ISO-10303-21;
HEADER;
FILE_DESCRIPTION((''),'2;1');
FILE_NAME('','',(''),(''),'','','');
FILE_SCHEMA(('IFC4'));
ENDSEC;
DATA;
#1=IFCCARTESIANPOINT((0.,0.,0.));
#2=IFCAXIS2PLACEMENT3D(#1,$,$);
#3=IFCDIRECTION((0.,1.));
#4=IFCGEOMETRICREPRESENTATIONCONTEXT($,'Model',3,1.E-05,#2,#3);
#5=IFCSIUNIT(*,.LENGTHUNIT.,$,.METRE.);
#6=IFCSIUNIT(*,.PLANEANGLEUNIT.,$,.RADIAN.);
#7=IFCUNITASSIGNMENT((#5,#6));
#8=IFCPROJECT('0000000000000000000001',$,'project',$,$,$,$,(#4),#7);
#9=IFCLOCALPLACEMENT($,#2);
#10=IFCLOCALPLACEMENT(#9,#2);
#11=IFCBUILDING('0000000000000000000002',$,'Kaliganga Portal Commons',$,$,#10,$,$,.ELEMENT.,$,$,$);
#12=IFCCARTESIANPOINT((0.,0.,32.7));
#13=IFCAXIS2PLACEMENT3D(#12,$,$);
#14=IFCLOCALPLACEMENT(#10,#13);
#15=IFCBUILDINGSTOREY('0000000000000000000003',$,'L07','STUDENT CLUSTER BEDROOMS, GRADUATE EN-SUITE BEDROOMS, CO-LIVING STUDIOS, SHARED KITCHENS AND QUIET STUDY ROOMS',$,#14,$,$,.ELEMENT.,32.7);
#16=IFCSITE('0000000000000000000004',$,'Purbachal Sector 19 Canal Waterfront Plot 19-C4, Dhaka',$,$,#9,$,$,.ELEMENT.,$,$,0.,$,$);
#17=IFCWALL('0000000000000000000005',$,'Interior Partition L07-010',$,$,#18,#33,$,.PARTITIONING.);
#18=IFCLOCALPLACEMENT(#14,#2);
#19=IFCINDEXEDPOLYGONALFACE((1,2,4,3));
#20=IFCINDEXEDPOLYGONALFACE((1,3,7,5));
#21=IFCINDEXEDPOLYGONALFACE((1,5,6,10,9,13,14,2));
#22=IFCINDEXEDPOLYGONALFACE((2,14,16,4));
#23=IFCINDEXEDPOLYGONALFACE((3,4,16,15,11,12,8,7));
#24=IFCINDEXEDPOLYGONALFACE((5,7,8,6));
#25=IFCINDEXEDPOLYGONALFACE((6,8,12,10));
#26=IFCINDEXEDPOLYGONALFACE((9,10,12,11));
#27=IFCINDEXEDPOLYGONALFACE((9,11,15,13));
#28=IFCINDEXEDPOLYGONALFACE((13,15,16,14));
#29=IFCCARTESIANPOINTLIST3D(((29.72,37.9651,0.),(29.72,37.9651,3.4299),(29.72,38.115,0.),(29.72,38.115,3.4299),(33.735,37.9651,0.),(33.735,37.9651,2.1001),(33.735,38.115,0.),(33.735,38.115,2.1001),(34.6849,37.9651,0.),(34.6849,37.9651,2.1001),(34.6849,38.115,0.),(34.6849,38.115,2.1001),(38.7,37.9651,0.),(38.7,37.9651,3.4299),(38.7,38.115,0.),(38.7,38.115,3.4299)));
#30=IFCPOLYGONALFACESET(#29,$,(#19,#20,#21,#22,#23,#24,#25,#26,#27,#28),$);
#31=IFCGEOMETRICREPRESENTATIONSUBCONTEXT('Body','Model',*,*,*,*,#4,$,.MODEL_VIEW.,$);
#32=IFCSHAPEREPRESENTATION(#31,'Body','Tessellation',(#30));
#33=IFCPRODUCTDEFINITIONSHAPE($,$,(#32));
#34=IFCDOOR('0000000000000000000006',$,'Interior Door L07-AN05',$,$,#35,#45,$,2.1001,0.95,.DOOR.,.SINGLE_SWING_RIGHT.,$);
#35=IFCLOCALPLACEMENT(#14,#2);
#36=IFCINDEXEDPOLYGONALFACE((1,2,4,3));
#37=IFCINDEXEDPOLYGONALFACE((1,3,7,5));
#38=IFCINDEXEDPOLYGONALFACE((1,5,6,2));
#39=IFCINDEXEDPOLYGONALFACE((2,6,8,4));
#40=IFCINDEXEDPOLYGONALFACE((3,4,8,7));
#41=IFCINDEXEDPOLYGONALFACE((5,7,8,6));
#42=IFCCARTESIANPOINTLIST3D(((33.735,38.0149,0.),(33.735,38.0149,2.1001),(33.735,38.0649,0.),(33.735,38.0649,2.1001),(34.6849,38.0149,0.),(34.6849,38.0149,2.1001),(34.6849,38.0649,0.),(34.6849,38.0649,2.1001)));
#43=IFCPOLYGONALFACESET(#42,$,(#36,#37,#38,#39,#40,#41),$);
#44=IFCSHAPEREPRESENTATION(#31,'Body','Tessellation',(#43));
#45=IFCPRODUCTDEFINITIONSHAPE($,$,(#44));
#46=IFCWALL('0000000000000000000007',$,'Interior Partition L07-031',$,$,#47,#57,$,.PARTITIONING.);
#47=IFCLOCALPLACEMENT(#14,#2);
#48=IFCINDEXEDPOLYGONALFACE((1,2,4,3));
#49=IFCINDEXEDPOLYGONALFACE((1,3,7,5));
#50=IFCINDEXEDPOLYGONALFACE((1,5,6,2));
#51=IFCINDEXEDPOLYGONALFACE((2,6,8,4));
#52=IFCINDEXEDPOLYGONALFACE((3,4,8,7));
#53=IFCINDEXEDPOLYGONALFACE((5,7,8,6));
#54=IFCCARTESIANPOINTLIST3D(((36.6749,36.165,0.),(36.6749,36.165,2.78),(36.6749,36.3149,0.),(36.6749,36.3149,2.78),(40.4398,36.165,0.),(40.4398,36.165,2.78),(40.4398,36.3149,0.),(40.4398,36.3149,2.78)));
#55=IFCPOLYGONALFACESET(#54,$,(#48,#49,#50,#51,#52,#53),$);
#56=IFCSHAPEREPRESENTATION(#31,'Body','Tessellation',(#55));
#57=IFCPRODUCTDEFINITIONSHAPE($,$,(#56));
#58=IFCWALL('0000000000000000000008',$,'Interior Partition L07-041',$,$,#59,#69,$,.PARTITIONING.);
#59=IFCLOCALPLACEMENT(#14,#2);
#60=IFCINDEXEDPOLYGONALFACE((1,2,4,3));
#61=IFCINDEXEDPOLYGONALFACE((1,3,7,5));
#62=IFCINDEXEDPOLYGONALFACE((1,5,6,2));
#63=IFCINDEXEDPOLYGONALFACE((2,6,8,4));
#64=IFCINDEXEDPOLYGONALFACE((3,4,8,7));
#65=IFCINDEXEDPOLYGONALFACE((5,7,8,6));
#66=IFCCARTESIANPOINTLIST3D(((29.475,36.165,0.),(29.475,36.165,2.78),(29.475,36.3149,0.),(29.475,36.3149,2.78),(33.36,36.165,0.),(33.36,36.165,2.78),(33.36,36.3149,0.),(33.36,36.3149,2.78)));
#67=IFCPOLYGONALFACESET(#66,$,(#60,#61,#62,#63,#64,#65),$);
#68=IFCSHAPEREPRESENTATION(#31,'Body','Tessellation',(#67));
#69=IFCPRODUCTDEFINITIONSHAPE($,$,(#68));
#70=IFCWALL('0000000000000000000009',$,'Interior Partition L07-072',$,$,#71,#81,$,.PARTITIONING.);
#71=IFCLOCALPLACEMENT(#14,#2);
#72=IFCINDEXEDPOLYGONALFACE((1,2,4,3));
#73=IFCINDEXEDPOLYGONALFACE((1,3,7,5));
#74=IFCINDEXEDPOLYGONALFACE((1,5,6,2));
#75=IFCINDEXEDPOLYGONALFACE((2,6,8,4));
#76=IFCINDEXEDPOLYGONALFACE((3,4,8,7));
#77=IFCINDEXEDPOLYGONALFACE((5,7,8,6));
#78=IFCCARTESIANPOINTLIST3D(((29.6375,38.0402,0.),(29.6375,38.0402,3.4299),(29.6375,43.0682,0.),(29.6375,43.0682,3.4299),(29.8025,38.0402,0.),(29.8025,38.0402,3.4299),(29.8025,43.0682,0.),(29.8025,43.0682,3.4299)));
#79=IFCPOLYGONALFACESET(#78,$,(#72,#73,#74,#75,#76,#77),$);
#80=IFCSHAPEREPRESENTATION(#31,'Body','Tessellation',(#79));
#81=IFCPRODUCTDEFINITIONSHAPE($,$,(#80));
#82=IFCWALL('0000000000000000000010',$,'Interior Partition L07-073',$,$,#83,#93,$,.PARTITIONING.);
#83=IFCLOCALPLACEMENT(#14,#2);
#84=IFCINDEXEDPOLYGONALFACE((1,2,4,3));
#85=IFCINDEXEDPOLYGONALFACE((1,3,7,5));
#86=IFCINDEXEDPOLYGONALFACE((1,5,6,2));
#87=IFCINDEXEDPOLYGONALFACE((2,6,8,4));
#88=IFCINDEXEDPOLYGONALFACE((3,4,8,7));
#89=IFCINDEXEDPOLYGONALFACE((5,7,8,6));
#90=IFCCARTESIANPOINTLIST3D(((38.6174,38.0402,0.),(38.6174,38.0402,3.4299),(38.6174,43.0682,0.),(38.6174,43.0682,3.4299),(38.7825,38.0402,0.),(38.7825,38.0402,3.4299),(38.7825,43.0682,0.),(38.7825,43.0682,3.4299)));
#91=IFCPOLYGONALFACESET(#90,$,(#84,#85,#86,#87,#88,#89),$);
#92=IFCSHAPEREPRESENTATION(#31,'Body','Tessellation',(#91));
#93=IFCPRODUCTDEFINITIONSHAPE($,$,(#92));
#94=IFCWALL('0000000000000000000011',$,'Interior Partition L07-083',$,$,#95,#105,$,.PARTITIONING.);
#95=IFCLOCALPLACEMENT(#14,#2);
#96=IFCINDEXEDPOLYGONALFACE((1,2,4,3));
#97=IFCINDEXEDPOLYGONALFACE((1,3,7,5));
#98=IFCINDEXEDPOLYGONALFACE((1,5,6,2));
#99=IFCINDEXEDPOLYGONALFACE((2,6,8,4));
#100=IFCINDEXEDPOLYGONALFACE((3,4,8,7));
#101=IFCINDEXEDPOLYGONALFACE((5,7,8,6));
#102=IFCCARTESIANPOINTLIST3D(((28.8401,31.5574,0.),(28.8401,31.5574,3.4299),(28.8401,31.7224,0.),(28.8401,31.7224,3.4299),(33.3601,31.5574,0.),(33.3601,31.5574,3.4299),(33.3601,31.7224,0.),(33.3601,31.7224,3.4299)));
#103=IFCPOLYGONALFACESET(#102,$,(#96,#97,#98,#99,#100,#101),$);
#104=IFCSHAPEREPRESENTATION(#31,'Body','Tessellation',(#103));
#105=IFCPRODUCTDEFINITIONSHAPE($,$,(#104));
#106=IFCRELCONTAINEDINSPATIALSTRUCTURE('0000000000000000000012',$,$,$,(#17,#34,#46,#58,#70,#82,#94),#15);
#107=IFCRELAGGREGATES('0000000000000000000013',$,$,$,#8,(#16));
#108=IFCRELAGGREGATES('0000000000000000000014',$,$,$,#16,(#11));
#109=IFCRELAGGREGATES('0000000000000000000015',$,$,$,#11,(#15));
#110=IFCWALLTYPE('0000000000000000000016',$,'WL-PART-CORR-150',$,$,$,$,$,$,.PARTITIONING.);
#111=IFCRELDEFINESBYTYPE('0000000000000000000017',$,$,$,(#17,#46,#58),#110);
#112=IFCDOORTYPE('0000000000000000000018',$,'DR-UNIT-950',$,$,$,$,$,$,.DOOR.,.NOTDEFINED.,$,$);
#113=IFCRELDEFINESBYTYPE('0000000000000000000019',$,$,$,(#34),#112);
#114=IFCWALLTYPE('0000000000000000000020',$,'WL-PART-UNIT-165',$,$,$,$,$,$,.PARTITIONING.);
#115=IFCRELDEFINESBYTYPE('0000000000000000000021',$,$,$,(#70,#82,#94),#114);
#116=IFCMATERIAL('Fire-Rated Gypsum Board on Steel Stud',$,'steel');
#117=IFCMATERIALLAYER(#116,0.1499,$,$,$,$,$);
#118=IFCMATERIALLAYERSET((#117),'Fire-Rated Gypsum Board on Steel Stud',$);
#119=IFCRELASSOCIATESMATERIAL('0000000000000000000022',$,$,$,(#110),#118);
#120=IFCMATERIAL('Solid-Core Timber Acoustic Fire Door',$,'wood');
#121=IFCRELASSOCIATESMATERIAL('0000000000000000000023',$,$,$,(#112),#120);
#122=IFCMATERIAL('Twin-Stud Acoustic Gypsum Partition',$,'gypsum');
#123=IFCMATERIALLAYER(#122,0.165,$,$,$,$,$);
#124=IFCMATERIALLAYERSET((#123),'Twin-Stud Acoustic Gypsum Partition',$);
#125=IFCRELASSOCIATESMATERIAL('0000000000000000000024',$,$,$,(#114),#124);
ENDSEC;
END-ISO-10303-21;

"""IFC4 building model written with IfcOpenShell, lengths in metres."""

from ifc_helpers import new_model, si_unit, direction, frame, frame_2d, origin, place, context, subcontext, project, spatial, rectangle, extrude, material, layer, layer_set, type_object, element, fill, save


model = new_model("IFC4")

# Units and contexts
model_context = context("Model", 3, precision=1e-05, world=origin(), true_north=direction((0.0, 1.0)))
body_context = subcontext(model_context, "Body", "Model", "MODEL_VIEW")
ifc_project = project(units=[si_unit("LENGTHUNIT", "METRE"), si_unit("PLANEANGLEUNIT", "RADIAN")], contexts=[model_context])

# Site, building, storey
site_placement = place(None, origin())
site = spatial("IfcSite", under=ifc_project, at=site_placement, Name="Purbachal Sector 19 Canal Waterfront Plot 19-C4, Dhaka", CompositionType="ELEMENT", RefElevation=0.0)
building_placement = place(site_placement, origin())
building = spatial("IfcBuilding", under=site, at=building_placement, Name="Kaliganga Portal Commons", CompositionType="ELEMENT")
storey_placement = place(building_placement, frame((0.0, 0.0, 32.7)))
storey = spatial("IfcBuildingStorey", under=building, at=storey_placement, Name="L07", Description="STUDENT CLUSTER BEDROOMS, GRADUATE EN-SUITE BEDROOMS, CO-LIVING STUDIOS, SHARED KITCHENS AND QUIET STUDY ROOMS", CompositionType="ELEMENT", Elevation=32.7)

# Wall, opening, door
ifc_material_1 = material(Name="Fire-Rated Gypsum Board on Steel Stud", Category="steel")
ifc_layer_1 = layer(ifc_material_1, 0.1499)
ifc_layer_set_1 = layer_set([ifc_layer_1], Name="Fire-Rated Gypsum Board on Steel Stud")
wall_type_1 = type_object("IfcWallType", Name="WL-PART-CORR-150", PredefinedType="PARTITIONING", material=ifc_layer_set_1)
wall_1_placement = place(storey_placement, frame((29.72, 38.04, 0.0), z_axis=(0.0, 0.0, 1.0), x_axis=(1.0, 0.0, 0.0)))
wall_1 = element("IfcWall", 1, at=wall_1_placement, inside=storey, type_object=wall_type_1, Name="Interior Partition L07-010", PredefinedType="PARTITIONING", context=body_context, shape_type="SweptSolid", body=[
    extrude(rectangle(XDim=8.98, YDim=0.1499, at=frame_2d((4.49, 0.0))), origin(), (0.0, 0.0, 1.0), 3.4299),
])
opening_1_placement = place(wall_1_placement, frame((4.0149, 0.0, 0.0)))
opening_1 = element("IfcOpeningElement", 2, at=opening_1_placement, cuts=wall_1, PredefinedType="OPENING", context=body_context, shape_type="SweptSolid", body=[
    extrude(rectangle(XDim=0.95, YDim=2.1001, at=frame_2d((0.4751, 1.05))), frame((0.0, 0.085, 0.0), z_axis=(0.0, -1.0, 0.0), x_axis=(1.0, 0.0, 0.0)), (0.0, 0.0, 1.0), 0.1699),
])
ifc_material_2 = material(Name="Solid-Core Timber Acoustic Fire Door", Category="wood")
door_type_1 = type_object("IfcDoorType", Name="DR-UNIT-950", OperationType="NOTDEFINED", PredefinedType="DOOR", material=ifc_material_2)
door_1_placement = place(opening_1_placement, origin())
door_1 = element("IfcDoor", 3, at=door_1_placement, inside=storey, type_object=door_type_1, Name="Interior Door L07-AN05", OperationType="SINGLE_SWING_RIGHT", OverallHeight=2.1001, OverallWidth=0.95, PredefinedType="DOOR", context=body_context, shape_type="SweptSolid", body=[
    extrude(rectangle(XDim=0.95, YDim=2.1001, at=frame_2d((0.4751, 1.05))), frame((0.0, 0.0249, 0.0), z_axis=(0.0, -1.0, 0.0), x_axis=(1.0, 0.0, 0.0)), (0.0, 0.0, 1.0), 0.05),
])
fill(opening_1, door_1)

# Wall
wall_2_placement = place(storey_placement, frame((36.675, 36.24, 0.0), z_axis=(0.0, 0.0, 1.0), x_axis=(1.0, 0.0, 0.0)))
element("IfcWall", 4, at=wall_2_placement, inside=storey, type_object=wall_type_1, Name="Interior Partition L07-031", PredefinedType="PARTITIONING", context=body_context, shape_type="SweptSolid", body=[
    extrude(rectangle(XDim=3.7649, YDim=0.1499, at=frame_2d((1.8823, 0.0))), origin(), (0.0, 0.0, 1.0), 2.78),
])

# Walls
wall_3_placement = place(storey_placement, frame((29.4751, 36.24, 0.0), z_axis=(0.0, 0.0, 1.0), x_axis=(1.0, 0.0, 0.0)))
element("IfcWall", 5, at=wall_3_placement, inside=storey, type_object=wall_type_1, Name="Interior Partition L07-041", PredefinedType="PARTITIONING", context=body_context, shape_type="SweptSolid", body=[
    extrude(rectangle(XDim=3.885, YDim=0.1499, at=frame_2d((1.9424, 0.0))), origin(), (0.0, 0.0, 1.0), 2.78),
])
ifc_material_3 = material(Name="Twin-Stud Acoustic Gypsum Partition", Category="gypsum")
ifc_layer_2 = layer(ifc_material_3, 0.165)
ifc_layer_set_2 = layer_set([ifc_layer_2], Name="Twin-Stud Acoustic Gypsum Partition")
wall_type_2 = type_object("IfcWallType", Name="WL-PART-UNIT-165", PredefinedType="PARTITIONING", material=ifc_layer_set_2)
for number, where, z_axis, x_axis, name in (
    (6, (29.72, 38.04, 0.0), (0.0, 0.0, 1.0), (0.0, 1.0, 0.0), "Interior Partition L07-072"),
    (7, (38.7, 38.04, 0.0), (0.0, 0.0, 1.0), (0.0, 1.0, 0.0), "Interior Partition L07-073"),
):
    element("IfcWall", number, at=place(storey_placement, frame(where, z_axis=z_axis, x_axis=x_axis)), inside=storey, type_object=wall_type_2, Name=name, PredefinedType="PARTITIONING", context=body_context, shape_type="SweptSolid", body=[
        extrude(rectangle(XDim=5.0281, YDim=0.165, at=frame_2d((2.5142, 0.0))), origin(), (0.0, 0.0, 1.0), 3.4299),
    ])
wall_4_placement = place(storey_placement, frame((28.8401, 31.6399, 0.0), z_axis=(0.0, 0.0, 1.0), x_axis=(1.0, 0.0, 0.0)))
element("IfcWall", 8, at=wall_4_placement, inside=storey, type_object=wall_type_2, Name="Interior Partition L07-083", PredefinedType="PARTITIONING", context=body_context, shape_type="SweptSolid", body=[
    extrude(rectangle(XDim=4.52, YDim=0.165, at=frame_2d((2.26, 0.0))), origin(), (0.0, 0.0, 1.0), 3.4299),
])

save(model, "model.ifc")
